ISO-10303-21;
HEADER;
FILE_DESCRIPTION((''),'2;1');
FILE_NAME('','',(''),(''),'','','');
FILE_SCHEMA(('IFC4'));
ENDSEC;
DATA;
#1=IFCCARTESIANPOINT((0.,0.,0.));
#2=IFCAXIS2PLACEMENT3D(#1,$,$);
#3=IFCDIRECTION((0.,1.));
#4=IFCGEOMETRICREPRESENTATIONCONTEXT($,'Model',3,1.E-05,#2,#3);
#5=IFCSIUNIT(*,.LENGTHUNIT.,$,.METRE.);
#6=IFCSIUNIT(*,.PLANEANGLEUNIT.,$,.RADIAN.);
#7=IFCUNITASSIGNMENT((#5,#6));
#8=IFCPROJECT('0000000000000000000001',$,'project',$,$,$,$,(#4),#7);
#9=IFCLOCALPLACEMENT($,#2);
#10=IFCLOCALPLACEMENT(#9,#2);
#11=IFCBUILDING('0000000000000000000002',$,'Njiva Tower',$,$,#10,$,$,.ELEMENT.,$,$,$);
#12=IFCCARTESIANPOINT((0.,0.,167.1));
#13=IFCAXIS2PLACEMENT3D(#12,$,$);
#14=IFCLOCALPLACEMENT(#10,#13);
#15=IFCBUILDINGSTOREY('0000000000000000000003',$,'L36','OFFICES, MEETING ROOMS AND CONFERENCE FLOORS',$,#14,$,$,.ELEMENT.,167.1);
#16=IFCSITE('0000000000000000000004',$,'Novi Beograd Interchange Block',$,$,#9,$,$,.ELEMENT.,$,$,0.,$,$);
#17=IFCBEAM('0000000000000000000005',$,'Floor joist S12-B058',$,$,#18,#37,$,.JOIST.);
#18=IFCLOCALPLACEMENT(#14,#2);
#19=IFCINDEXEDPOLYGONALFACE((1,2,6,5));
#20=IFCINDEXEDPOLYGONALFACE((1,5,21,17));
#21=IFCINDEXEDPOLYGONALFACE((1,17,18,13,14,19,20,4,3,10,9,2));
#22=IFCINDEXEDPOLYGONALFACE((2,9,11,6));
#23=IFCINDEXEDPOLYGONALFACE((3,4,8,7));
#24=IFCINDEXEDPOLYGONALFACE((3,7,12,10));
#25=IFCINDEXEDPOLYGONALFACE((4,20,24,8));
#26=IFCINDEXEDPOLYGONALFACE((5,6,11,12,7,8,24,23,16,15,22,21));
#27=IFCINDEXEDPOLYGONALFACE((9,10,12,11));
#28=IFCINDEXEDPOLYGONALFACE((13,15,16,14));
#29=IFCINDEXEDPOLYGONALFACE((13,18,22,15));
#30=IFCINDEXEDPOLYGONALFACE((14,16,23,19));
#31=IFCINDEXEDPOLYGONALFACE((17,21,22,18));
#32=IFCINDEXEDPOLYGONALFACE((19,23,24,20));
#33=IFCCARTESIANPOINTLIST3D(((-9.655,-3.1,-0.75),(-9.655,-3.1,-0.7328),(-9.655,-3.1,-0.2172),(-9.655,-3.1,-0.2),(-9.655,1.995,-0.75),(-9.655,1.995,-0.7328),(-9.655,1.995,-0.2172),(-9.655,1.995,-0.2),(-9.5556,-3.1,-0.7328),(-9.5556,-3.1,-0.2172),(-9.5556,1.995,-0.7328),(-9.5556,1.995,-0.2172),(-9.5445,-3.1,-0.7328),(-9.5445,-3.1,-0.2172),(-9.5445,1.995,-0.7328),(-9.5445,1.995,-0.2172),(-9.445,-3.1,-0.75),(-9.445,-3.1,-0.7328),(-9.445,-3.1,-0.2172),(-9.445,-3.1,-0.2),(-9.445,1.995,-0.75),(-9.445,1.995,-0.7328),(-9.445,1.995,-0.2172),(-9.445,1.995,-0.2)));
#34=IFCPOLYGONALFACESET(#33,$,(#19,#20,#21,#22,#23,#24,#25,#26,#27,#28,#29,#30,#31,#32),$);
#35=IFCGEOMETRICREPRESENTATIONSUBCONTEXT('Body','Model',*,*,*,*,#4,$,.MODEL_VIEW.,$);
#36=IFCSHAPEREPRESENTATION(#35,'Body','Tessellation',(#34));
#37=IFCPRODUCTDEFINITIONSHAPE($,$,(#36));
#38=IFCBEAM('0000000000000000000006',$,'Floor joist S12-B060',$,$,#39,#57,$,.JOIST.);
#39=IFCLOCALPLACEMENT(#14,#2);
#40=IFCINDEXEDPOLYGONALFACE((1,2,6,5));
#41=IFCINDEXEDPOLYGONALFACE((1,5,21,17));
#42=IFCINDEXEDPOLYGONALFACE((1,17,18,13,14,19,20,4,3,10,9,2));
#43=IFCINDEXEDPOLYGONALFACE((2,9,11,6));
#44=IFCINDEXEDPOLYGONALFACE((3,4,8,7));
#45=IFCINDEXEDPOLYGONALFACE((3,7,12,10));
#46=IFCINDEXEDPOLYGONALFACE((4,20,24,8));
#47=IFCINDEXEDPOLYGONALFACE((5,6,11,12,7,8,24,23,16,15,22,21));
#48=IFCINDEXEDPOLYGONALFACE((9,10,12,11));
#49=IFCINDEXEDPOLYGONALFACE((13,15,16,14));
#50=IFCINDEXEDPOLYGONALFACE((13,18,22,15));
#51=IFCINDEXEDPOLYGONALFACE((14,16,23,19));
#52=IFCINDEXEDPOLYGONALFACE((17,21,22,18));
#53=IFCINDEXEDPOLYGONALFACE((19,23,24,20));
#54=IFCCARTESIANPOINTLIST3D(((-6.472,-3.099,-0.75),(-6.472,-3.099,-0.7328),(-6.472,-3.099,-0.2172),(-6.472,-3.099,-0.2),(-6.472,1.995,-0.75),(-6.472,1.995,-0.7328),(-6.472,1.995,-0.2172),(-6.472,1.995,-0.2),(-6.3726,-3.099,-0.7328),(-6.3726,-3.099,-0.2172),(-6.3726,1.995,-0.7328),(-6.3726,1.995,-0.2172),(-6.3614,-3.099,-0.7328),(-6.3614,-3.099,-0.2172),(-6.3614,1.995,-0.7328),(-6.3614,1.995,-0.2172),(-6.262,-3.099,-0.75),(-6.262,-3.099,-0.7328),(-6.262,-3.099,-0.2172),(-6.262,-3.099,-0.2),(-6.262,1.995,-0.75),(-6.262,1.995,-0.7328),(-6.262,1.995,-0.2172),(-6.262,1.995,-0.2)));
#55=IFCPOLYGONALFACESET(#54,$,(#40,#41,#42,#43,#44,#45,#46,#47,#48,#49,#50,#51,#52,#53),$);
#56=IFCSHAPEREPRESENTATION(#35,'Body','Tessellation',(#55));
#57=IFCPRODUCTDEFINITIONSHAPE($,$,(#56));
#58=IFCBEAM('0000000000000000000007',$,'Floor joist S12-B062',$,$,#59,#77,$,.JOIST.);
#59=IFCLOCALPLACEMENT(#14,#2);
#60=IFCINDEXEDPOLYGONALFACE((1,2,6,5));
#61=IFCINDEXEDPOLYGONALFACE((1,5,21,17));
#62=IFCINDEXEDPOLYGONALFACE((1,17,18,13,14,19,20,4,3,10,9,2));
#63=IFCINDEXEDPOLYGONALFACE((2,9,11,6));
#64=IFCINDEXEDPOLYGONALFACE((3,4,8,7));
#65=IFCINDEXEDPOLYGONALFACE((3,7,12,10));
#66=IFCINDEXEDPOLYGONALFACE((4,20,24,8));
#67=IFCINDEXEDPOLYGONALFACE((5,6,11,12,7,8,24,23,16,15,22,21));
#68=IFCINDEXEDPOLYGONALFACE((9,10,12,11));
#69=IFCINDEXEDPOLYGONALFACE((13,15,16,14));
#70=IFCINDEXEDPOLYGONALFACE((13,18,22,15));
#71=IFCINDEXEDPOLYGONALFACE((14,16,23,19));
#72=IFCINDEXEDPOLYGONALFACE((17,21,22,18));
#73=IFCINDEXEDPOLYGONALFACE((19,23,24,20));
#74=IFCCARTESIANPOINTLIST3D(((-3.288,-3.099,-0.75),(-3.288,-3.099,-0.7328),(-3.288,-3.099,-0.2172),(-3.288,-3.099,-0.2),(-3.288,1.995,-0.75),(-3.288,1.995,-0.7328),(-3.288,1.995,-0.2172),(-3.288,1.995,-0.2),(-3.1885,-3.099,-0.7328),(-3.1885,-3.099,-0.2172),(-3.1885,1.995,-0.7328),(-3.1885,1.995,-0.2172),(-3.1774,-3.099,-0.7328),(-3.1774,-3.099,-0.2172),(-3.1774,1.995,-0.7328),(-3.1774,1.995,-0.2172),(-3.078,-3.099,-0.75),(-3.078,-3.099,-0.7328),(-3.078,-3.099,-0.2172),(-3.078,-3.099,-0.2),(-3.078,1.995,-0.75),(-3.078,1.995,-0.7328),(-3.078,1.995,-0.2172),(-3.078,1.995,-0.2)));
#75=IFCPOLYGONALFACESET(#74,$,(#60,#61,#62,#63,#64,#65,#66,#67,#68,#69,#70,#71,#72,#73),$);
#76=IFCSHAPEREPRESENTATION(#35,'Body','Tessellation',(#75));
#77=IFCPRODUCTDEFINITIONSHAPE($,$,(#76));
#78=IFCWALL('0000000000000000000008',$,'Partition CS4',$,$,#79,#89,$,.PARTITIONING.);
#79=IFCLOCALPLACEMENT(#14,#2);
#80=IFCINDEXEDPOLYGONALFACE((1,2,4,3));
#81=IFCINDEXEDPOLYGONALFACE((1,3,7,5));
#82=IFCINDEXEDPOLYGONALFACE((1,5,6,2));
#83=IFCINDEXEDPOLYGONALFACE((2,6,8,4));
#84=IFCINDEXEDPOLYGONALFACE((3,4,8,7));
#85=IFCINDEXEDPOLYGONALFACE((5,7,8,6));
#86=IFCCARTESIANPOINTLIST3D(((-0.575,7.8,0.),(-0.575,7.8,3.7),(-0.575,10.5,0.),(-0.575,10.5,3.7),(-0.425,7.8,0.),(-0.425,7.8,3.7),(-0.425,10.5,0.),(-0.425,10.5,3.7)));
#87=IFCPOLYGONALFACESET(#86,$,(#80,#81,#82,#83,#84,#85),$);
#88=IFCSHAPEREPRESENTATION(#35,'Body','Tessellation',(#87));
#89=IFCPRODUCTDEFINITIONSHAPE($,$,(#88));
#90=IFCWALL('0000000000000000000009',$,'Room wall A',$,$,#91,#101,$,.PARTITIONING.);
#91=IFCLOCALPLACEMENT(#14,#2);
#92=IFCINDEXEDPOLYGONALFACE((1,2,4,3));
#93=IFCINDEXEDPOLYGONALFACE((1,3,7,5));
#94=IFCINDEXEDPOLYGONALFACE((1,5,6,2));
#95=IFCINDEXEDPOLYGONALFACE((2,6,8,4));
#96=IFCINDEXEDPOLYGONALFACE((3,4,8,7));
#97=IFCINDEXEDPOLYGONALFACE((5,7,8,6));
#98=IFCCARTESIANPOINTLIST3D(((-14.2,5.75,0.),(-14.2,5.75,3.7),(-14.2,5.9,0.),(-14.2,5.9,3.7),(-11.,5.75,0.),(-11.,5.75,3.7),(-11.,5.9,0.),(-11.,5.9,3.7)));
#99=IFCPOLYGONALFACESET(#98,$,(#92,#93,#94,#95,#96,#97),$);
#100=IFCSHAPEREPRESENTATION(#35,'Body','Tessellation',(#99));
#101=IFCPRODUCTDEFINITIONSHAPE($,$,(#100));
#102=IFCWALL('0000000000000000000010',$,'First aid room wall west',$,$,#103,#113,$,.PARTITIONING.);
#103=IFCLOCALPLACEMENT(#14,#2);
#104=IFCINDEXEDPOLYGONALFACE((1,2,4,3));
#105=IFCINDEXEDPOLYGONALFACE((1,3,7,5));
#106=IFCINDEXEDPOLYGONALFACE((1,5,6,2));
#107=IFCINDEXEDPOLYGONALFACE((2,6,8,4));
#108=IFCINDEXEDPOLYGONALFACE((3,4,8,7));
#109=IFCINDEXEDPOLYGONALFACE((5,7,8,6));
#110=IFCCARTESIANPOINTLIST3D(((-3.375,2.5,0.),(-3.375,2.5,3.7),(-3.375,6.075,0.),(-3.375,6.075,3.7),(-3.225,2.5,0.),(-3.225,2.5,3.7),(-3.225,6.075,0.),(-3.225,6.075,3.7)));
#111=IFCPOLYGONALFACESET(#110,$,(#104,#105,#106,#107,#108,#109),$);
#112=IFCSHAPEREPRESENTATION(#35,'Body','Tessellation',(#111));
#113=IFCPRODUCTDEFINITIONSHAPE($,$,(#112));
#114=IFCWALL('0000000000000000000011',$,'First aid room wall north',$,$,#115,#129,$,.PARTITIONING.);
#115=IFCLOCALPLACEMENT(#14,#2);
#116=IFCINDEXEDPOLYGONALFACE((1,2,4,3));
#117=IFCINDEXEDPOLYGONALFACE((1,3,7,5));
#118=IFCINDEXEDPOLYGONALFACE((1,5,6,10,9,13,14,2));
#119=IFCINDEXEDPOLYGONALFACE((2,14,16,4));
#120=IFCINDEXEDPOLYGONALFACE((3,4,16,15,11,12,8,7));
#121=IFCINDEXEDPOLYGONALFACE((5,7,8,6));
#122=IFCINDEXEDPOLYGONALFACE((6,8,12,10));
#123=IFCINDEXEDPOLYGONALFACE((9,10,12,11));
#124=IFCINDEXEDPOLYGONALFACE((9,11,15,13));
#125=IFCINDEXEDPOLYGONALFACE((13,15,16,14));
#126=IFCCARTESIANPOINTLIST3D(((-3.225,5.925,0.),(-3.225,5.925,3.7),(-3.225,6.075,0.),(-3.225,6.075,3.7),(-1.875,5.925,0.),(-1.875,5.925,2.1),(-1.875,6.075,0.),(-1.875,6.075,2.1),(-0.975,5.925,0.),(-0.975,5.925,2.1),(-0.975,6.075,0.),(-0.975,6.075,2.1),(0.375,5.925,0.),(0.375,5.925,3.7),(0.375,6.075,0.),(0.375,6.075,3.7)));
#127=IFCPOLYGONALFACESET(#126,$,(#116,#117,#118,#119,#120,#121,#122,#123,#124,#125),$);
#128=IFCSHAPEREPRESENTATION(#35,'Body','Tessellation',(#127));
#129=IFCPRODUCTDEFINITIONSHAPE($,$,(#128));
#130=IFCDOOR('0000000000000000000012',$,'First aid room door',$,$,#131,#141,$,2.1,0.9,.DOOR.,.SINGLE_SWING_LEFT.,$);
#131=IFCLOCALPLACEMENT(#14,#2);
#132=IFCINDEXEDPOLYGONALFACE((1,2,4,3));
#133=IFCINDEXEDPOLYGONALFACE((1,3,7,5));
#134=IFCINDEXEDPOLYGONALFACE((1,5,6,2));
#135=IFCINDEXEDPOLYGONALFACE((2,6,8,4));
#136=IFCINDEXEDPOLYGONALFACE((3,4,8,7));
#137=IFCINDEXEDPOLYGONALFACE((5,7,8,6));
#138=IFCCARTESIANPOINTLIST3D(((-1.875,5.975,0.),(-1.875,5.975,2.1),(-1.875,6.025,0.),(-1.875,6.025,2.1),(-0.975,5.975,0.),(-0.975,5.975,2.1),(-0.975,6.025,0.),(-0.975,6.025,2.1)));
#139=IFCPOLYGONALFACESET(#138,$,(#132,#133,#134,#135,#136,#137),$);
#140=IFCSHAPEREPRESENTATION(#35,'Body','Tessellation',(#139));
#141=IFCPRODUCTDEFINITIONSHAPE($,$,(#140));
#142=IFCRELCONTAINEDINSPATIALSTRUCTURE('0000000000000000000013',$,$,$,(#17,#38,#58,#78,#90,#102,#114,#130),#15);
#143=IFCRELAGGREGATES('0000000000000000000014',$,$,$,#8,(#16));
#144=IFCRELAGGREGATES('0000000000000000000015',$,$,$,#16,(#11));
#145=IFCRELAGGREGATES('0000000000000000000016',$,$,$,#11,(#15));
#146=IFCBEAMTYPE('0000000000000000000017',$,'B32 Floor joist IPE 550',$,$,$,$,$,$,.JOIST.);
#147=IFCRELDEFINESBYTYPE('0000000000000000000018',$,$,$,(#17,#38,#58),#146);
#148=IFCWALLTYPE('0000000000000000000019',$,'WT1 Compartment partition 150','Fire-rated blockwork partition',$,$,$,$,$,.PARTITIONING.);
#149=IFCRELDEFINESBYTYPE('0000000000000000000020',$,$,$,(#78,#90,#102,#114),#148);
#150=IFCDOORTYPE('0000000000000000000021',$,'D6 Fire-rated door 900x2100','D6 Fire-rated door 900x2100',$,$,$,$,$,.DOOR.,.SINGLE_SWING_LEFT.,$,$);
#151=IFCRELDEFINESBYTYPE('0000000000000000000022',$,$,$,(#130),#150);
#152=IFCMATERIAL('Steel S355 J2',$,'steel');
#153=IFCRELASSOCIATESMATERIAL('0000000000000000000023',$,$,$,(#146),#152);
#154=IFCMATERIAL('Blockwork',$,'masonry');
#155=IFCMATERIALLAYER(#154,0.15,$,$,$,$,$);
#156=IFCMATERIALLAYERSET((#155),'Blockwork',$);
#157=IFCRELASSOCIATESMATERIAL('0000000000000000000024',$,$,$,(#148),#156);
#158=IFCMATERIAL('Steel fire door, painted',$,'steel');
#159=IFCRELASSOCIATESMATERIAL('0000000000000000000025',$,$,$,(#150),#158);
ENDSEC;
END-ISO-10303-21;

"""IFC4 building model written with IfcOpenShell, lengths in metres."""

from ifc_helpers import new_model, si_unit, direction, frame, frame_2d, origin, origin_2d, place, context, subcontext, project, spatial, rectangle, i_section, extrude, material, layer, layer_set, material_profile, profile_set, type_object, element, fill, save


model = new_model("IFC4")

# Units and contexts
model_context = context("Model", 3, precision=1e-05, world=origin(), true_north=direction((0.0, 1.0)))
body_context = subcontext(model_context, "Body", "Model", "MODEL_VIEW")
ifc_project = project(units=[si_unit("LENGTHUNIT", "METRE"), si_unit("PLANEANGLEUNIT", "RADIAN")], contexts=[model_context])

# Site, building, storey
site_placement = place(None, origin())
site = spatial("IfcSite", under=ifc_project, at=site_placement, Name="Novi Beograd Interchange Block", CompositionType="ELEMENT", RefElevation=0.0)
building_placement = place(site_placement, origin())
building = spatial("IfcBuilding", under=site, at=building_placement, Name="Njiva Tower", CompositionType="ELEMENT")
storey_placement = place(building_placement, frame((0.0, 0.0, 167.1)))
storey = spatial("IfcBuildingStorey", under=building, at=storey_placement, Name="L36", Description="OFFICES, MEETING ROOMS AND CONFERENCE FLOORS", CompositionType="ELEMENT", Elevation=167.1)

# Beams
ifc_material_1 = material(Name="Steel S355 J2", Category="steel")
ifc_material_profile = material_profile(ifc_material_1, i_section(OverallWidth=0.21, OverallDepth=0.55, WebThickness=0.0111, FlangeThickness=0.0172, at=origin_2d()), Name="IPE 550")
ifc_profile_set = profile_set([ifc_material_profile], Name="Steel S355 J2")
beam_type = type_object("IfcBeamType", Name="B32 Floor joist IPE 550", PredefinedType="JOIST", material=ifc_profile_set)
beam_placement = place(storey_placement, frame((-9.55, 1.995, -0.475), z_axis=(0.0, -1.0, 0.0), x_axis=(1.0, 0.0, 0.0)))
element("IfcBeam", 1, at=beam_placement, inside=storey, type_object=beam_type, Name="Floor joist S12-B058", PredefinedType="JOIST", context=body_context, shape_type="SweptSolid", body=[
    extrude(i_section(OverallWidth=0.21, OverallDepth=0.55, WebThickness=0.0111, FlangeThickness=0.0172, at=origin_2d()), origin(), (0.0, 0.0, 1.0), 5.095),
])
for number, where, z_axis, x_axis, name in (
    (2, (-6.367, 1.995, -0.475), (0.0, -1.0, 0.0), (1.0, 0.0, 0.0), "Floor joist S12-B060"),
    (3, (-3.183, 1.995, -0.475), (0.0, -1.0, 0.0), (1.0, 0.0, 0.0), "Floor joist S12-B062"),
):
    element("IfcBeam", number, at=place(storey_placement, frame(where, z_axis=z_axis, x_axis=x_axis)), inside=storey, type_object=beam_type, Name=name, PredefinedType="JOIST", context=body_context, shape_type="SweptSolid", body=[
        extrude(i_section(OverallWidth=0.21, OverallDepth=0.55, WebThickness=0.0111, FlangeThickness=0.0172, at=origin_2d()), origin(), (0.0, 0.0, 1.0), 5.094),
    ])

# Walls
ifc_material_2 = material(Name="Blockwork", Category="masonry")
ifc_layer_1 = layer(ifc_material_2, 0.15)
ifc_layer_set_1 = layer_set([ifc_layer_1], Name="Blockwork")
wall_type_1 = type_object("IfcWallType", Name="WT1 Compartment partition 150", Description="Fire-rated blockwork partition", PredefinedType="PARTITIONING", material=ifc_layer_set_1)
wall_1_placement = place(storey_placement, frame((-0.5, 7.8, 0.0), z_axis=(0.0, 0.0, 1.0), x_axis=(0.0, 1.0, 0.0)))
element("IfcWall", 4, at=wall_1_placement, inside=storey, type_object=wall_type_1, Name="Partition CS4", PredefinedType="PARTITIONING", context=body_context, shape_type="SweptSolid", body=[
    extrude(rectangle(XDim=2.7, YDim=0.15, at=frame_2d((1.35, 0.0))), origin(), (0.0, 0.0, 1.0), 3.7),
])
wall_2_placement = place(storey_placement, frame((-14.2, 5.825, 0.0), z_axis=(0.0, 0.0, 1.0), x_axis=(1.0, 0.0, 0.0)))
element("IfcWall", 5, at=wall_2_placement, inside=storey, type_object=wall_type_1, Name="Room wall A", PredefinedType="PARTITIONING", context=body_context, shape_type="SweptSolid", body=[
    extrude(rectangle(XDim=3.2, YDim=0.15, at=frame_2d((1.6, 0.0))), origin(), (0.0, 0.0, 1.0), 3.7),
])
wall_3_placement = place(storey_placement, frame((-3.3, 2.5, 0.0), z_axis=(0.0, 0.0, 1.0), x_axis=(0.0, 1.0, 0.0)))
element("IfcWall", 6, at=wall_3_placement, inside=storey, type_object=wall_type_1, Name="First aid room wall west", PredefinedType="PARTITIONING", context=body_context, shape_type="SweptSolid", body=[
    extrude(rectangle(XDim=3.575, YDim=0.15, at=frame_2d((1.7875, 0.0))), origin(), (0.0, 0.0, 1.0), 3.7),
])

# Wall, opening, door
wall_4_placement = place(storey_placement, frame((-3.225, 6.0, 0.0), z_axis=(0.0, 0.0, 1.0), x_axis=(1.0, 0.0, 0.0)))
wall_4 = element("IfcWall", 7, at=wall_4_placement, inside=storey, type_object=wall_type_1, Name="First aid room wall north", PredefinedType="PARTITIONING", context=body_context, shape_type="SweptSolid", body=[
    extrude(rectangle(XDim=3.6, YDim=0.15, at=frame_2d((1.8, 0.0))), origin(), (0.0, 0.0, 1.0), 3.7),
])
opening_1_placement = place(wall_4_placement, frame((1.35, 0.0, 0.0)))
opening_1 = element("IfcOpeningElement", 8, at=opening_1_placement, cuts=wall_4, PredefinedType="OPENING", context=body_context, shape_type="SweptSolid", body=[
    extrude(rectangle(XDim=0.9, YDim=2.1, at=frame_2d((0.45, 1.05))), frame((0.0, 0.085, 0.0), z_axis=(0.0, -1.0, 0.0), x_axis=(1.0, 0.0, 0.0)), (0.0, 0.0, 1.0), 0.17),
])
ifc_material_3 = material(Name="Steel fire door, painted", Category="steel")
door_type_1 = type_object("IfcDoorType", Name="D6 Fire-rated door 900x2100", Description="D6 Fire-rated door 900x2100", OperationType="SINGLE_SWING_LEFT", PredefinedType="DOOR", material=ifc_material_3)
door_1_placement = place(opening_1_placement, origin())
door_1 = element("IfcDoor", 9, at=door_1_placement, inside=storey, type_object=door_type_1, Name="First aid room door", OperationType="SINGLE_SWING_LEFT", OverallHeight=2.1, OverallWidth=0.9, PredefinedType="DOOR", context=body_context, shape_type="SweptSolid", body=[
    extrude(rectangle(XDim=0.9, YDim=2.1, at=frame_2d((0.45, 1.05))), frame((0.0, 0.025, 0.0), z_axis=(0.0, -1.0, 0.0), x_axis=(1.0, 0.0, 0.0)), (0.0, 0.0, 1.0), 0.05),
])
fill(opening_1, door_1)

save(model, "model.ifc")
